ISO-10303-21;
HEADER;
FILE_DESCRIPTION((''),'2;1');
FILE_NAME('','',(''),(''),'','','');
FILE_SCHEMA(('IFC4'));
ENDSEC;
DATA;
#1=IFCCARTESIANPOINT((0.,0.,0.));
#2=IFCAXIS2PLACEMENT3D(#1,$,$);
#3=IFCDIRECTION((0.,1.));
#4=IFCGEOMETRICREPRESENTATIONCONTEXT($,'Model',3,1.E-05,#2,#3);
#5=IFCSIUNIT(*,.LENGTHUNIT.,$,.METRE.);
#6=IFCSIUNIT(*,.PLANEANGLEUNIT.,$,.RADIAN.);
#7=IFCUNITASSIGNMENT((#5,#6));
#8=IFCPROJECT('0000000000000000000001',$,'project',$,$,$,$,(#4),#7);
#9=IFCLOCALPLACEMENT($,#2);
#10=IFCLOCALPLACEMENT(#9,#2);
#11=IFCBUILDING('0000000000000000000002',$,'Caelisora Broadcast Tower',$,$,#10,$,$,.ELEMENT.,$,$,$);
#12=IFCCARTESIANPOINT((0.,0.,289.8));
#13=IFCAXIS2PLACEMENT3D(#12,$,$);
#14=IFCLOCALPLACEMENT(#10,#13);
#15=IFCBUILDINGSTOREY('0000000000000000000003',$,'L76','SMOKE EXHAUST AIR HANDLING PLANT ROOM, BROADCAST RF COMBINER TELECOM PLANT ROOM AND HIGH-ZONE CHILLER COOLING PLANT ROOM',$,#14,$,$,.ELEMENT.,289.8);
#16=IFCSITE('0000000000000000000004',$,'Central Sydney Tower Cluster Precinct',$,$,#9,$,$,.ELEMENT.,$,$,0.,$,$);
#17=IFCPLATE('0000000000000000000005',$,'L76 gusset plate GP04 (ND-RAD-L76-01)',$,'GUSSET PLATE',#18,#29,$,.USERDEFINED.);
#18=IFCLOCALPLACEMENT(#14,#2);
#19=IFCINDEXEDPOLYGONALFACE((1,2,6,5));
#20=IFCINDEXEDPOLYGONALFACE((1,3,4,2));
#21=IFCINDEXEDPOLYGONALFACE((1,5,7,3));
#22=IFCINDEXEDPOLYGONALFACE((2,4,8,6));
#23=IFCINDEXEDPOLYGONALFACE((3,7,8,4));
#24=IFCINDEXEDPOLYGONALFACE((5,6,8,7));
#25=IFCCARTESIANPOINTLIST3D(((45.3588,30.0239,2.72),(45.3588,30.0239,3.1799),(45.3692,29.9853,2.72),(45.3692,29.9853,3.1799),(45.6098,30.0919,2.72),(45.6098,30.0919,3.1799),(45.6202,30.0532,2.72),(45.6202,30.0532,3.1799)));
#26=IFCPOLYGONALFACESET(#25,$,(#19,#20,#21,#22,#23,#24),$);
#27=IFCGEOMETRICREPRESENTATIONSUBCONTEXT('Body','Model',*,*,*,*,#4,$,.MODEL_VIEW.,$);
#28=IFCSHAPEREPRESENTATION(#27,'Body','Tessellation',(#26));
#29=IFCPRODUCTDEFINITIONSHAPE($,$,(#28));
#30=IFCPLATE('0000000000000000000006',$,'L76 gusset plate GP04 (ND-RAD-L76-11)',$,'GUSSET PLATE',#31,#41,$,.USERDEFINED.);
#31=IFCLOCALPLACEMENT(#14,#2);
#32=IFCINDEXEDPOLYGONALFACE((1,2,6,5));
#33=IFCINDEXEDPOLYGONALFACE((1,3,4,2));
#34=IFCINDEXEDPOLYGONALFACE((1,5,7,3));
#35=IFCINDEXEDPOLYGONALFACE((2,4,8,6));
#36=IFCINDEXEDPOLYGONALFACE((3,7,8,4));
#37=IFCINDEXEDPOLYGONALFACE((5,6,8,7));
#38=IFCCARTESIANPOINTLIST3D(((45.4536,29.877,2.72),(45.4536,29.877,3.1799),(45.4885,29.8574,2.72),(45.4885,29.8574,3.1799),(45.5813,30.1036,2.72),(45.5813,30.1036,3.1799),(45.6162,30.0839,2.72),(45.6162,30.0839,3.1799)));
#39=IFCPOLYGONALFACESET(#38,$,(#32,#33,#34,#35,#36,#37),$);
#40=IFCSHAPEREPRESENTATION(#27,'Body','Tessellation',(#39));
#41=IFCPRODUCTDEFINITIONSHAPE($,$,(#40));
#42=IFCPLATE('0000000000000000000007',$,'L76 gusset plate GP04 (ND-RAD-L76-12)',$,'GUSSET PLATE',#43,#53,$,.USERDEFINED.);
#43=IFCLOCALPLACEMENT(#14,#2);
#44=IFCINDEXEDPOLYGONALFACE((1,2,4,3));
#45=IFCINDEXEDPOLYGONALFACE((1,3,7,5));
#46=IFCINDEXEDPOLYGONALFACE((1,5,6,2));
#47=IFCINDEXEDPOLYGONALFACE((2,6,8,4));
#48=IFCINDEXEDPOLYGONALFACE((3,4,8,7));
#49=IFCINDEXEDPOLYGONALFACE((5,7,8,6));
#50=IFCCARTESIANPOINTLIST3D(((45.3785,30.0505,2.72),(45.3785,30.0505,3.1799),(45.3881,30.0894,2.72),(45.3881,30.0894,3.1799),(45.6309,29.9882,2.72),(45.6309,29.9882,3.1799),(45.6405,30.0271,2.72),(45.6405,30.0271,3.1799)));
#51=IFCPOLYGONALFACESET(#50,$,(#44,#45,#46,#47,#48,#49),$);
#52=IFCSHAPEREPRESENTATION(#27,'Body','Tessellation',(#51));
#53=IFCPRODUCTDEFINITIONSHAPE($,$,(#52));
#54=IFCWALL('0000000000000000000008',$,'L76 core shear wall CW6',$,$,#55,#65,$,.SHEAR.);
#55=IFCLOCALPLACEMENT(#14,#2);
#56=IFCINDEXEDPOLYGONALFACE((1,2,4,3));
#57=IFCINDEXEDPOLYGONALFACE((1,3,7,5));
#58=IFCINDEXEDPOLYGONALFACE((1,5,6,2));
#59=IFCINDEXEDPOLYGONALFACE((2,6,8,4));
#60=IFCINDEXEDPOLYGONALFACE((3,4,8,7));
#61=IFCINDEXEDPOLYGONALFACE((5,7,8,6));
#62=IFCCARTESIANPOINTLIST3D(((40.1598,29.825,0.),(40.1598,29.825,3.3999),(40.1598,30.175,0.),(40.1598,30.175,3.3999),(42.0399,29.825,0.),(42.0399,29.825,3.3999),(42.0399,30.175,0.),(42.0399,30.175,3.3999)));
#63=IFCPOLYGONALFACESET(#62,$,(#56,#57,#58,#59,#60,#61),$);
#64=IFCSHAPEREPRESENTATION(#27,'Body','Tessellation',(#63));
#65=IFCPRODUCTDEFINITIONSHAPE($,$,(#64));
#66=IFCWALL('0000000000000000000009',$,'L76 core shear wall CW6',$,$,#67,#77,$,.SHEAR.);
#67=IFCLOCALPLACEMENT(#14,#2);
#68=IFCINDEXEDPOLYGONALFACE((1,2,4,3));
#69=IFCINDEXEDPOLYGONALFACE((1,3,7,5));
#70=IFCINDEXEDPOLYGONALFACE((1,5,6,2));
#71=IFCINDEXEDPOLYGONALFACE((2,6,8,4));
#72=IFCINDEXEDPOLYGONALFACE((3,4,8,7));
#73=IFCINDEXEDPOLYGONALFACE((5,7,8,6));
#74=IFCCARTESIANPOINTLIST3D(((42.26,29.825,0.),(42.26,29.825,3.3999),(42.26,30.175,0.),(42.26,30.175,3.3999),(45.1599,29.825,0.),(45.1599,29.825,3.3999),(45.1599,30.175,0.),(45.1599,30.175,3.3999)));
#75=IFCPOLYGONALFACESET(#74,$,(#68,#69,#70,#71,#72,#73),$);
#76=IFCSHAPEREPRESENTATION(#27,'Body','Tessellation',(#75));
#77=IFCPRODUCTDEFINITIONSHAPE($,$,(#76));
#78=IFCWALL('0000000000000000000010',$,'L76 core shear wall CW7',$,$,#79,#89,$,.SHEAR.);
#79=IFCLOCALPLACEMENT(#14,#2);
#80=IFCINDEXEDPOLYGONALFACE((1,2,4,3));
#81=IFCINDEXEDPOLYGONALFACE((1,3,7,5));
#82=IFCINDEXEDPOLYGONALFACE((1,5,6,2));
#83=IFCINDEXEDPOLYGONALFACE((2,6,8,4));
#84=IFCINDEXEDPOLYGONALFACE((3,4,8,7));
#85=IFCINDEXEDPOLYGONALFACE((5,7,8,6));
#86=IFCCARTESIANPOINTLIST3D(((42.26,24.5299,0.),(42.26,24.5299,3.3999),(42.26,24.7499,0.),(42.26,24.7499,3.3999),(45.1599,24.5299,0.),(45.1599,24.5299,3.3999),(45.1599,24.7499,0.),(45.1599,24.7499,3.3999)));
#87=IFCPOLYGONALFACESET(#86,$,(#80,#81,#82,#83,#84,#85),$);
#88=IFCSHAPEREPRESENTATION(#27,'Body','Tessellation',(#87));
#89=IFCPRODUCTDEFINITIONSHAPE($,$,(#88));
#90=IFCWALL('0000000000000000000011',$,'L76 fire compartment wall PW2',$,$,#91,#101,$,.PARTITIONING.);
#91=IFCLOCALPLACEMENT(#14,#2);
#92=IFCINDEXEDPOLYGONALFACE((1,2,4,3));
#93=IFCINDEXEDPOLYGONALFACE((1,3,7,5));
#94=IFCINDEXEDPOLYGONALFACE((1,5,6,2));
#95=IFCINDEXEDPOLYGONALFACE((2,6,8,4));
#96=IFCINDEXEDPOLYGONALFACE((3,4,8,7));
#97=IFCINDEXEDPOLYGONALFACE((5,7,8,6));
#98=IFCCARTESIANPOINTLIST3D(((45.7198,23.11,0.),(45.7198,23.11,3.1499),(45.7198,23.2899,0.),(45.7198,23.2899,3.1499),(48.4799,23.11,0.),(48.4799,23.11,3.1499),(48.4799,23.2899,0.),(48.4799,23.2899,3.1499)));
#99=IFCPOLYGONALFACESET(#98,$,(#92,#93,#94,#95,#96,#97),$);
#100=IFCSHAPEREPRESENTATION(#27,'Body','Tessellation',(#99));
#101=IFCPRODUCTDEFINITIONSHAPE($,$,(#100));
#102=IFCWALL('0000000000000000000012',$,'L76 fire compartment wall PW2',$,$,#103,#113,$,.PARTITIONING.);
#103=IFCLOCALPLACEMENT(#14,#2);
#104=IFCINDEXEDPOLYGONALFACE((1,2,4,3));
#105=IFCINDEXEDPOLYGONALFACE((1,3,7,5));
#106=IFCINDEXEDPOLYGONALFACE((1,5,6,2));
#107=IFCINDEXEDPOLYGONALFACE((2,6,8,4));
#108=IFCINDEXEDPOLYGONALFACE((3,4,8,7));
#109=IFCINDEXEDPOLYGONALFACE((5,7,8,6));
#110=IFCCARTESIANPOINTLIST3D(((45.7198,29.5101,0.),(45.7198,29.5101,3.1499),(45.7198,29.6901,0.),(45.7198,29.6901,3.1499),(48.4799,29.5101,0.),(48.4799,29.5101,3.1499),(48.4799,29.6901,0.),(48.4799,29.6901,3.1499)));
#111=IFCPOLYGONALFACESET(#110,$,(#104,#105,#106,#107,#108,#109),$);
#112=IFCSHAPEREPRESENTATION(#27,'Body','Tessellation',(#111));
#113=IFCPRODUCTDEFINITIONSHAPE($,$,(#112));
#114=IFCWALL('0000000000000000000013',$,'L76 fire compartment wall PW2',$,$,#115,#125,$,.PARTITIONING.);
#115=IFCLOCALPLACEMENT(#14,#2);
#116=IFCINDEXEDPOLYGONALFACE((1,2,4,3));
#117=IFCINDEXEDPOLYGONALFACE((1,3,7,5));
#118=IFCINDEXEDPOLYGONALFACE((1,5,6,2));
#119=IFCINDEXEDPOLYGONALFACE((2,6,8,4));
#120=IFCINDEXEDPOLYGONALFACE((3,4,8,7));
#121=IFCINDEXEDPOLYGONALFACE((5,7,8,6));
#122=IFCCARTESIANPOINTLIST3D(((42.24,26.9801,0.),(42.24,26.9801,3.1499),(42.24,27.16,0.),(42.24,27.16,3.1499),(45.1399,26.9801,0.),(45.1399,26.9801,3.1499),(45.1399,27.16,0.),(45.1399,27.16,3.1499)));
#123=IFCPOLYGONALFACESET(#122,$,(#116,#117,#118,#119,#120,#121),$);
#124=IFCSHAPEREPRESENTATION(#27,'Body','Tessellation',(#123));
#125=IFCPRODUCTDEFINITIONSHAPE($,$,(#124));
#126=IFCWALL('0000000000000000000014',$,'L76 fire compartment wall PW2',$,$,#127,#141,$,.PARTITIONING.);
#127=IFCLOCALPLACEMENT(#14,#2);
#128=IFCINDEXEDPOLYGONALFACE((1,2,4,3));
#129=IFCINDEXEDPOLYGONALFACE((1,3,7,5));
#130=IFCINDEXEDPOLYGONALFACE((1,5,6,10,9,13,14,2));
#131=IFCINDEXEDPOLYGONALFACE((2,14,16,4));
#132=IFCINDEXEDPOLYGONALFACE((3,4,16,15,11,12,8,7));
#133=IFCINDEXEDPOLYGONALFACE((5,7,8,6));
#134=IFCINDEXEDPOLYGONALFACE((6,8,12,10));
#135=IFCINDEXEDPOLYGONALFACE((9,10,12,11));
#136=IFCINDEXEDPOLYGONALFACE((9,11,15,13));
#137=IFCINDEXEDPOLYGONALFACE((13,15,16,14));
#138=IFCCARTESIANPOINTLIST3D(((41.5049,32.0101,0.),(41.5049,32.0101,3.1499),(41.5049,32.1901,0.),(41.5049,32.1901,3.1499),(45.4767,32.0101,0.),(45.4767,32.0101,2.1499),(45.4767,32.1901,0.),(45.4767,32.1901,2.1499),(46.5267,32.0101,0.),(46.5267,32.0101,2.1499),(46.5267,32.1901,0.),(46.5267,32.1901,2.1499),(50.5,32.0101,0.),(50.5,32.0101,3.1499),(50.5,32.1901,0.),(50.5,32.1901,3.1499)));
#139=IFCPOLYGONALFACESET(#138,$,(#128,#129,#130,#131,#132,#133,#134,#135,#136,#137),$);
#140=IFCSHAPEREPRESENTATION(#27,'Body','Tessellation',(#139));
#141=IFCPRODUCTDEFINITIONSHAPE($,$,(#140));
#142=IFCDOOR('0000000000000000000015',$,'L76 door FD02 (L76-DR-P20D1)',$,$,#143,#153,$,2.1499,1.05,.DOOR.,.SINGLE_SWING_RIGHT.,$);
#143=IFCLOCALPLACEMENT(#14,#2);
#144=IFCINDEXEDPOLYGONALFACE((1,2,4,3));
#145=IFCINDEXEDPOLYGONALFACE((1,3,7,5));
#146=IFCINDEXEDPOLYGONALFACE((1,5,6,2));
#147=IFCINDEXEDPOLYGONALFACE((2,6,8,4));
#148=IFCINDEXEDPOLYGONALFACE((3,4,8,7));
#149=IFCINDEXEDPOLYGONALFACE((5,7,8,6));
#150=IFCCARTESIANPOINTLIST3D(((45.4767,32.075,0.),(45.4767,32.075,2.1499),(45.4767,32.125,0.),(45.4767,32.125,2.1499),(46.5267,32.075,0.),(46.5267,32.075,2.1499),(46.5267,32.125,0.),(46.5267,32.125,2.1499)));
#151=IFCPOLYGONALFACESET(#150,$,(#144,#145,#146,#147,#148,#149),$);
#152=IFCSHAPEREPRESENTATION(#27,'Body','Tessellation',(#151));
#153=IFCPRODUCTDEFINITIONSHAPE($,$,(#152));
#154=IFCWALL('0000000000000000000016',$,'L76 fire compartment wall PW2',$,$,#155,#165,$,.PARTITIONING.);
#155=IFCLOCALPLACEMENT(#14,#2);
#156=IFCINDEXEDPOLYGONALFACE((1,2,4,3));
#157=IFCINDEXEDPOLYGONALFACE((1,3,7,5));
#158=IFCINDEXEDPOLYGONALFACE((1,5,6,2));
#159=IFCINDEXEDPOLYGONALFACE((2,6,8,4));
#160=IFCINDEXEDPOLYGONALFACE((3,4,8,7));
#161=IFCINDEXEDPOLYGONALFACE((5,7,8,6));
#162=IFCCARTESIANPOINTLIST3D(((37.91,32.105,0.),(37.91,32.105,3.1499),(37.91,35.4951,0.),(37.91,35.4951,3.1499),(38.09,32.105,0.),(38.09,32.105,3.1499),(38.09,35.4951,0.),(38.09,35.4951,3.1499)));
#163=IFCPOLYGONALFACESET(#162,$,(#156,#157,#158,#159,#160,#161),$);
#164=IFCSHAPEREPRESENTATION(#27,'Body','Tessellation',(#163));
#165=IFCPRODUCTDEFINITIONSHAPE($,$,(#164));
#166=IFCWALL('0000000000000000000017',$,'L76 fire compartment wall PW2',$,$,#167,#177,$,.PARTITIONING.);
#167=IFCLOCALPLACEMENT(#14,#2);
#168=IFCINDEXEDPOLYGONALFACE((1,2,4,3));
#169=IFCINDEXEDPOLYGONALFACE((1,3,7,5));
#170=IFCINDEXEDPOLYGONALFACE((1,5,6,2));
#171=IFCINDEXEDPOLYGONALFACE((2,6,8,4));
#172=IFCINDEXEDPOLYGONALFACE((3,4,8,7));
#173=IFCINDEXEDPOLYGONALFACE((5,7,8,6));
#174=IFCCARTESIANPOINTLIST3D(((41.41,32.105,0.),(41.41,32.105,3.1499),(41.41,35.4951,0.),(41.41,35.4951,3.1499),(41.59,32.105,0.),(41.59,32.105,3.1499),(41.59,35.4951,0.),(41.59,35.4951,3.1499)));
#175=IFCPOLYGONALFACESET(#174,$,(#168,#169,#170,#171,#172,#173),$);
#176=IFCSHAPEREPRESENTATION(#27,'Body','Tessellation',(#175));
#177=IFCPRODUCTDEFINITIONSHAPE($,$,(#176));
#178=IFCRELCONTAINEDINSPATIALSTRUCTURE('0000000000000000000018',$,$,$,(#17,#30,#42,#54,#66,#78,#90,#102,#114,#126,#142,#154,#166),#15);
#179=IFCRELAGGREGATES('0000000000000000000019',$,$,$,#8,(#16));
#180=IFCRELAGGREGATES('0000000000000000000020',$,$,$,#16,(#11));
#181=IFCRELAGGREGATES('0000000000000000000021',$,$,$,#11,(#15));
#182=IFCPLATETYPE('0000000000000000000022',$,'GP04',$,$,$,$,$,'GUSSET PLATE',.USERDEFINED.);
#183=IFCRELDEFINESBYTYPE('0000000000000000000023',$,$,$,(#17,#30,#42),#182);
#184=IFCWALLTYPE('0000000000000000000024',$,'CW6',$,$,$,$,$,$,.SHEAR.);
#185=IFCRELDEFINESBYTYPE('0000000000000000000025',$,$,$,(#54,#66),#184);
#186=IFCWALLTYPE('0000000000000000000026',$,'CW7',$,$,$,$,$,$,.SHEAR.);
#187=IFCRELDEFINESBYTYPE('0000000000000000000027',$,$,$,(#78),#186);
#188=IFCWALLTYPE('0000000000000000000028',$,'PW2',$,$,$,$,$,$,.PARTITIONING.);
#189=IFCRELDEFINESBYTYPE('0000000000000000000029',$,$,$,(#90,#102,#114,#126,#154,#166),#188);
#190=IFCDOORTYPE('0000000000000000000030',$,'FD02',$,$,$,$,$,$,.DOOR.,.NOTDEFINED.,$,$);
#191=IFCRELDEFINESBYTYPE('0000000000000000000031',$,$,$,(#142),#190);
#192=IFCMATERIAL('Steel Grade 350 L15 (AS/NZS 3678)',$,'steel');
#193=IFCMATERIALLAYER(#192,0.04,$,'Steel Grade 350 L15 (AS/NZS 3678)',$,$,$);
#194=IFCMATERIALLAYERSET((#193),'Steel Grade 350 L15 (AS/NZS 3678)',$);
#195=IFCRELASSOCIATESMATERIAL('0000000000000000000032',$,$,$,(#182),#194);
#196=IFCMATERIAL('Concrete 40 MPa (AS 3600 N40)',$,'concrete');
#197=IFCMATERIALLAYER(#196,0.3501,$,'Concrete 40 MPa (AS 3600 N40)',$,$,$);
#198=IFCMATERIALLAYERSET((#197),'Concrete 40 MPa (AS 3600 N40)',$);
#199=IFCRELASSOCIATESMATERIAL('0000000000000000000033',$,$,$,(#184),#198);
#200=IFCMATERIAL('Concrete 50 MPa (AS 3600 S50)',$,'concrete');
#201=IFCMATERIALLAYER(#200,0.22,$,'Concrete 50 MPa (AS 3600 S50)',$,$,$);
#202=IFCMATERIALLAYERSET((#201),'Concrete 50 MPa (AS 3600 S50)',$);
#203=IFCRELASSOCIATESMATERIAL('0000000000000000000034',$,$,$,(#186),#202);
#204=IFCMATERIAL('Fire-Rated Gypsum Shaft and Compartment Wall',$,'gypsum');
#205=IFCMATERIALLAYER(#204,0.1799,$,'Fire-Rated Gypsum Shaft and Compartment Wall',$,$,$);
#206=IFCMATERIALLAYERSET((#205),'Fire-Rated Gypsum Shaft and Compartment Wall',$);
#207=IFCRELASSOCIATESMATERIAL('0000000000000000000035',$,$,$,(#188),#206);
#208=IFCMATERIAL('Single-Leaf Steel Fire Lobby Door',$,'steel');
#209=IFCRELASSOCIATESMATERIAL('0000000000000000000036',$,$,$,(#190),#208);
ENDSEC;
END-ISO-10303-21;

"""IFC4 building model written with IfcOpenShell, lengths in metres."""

from ifc_helpers import new_model, si_unit, direction, frame, frame_2d, origin, origin_2d, place, context, subcontext, project, spatial, rectangle, extrude, source, transform, mapped, material, layer, layer_set, type_object, type_shapes, element, fill, save


model = new_model("IFC4")

# Units and contexts
model_context = context("Model", 3, precision=1e-05, world=origin(), true_north=direction((0.0, 1.0)))
body_context = subcontext(model_context, "Body", "Model", "MODEL_VIEW")
ifc_project = project(units=[si_unit("LENGTHUNIT", "METRE"), si_unit("PLANEANGLEUNIT", "RADIAN")], contexts=[model_context])

# Site, building, storey
site_placement = place(None, origin())
site = spatial("IfcSite", under=ifc_project, at=site_placement, Name="Central Sydney Tower Cluster Precinct", CompositionType="ELEMENT", RefElevation=0.0)
building_placement = place(site_placement, origin())
building = spatial("IfcBuilding", under=site, at=building_placement, Name="Caelisora Broadcast Tower", CompositionType="ELEMENT")
storey_placement = place(building_placement, frame((0.0, 0.0, 289.8)))
storey = spatial("IfcBuildingStorey", under=building, at=storey_placement, Name="L76", Description="SMOKE EXHAUST AIR HANDLING PLANT ROOM, BROADCAST RF COMBINER TELECOM PLANT ROOM AND HIGH-ZONE CHILLER COOLING PLANT ROOM", CompositionType="ELEMENT", Elevation=289.8)

# Shared definitions
ifc_material_1 = material(Name="Concrete 50 MPa (AS 3600 S50)", Category="concrete")

# Plates
ifc_material_2 = material(Name="Steel Grade 350 L15 (AS/NZS 3678)", Category="steel")
ifc_layer_1 = layer(ifc_material_2, 0.04, Name="Steel Grade 350 L15 (AS/NZS 3678)")
ifc_layer_set_1 = layer_set([ifc_layer_1], Name="Steel Grade 350 L15 (AS/NZS 3678)")
plate_type = type_object("IfcPlateType", Name="GP04", ElementType="GUSSET PLATE", PredefinedType="USERDEFINED", material=ifc_layer_set_1)
shared_shape_1 = source(origin(), body_context, "Body", "SweptSolid", [
    extrude(rectangle(XDim=0.26, YDim=0.04, at=origin_2d()), origin(), (0.0, 0.0, 1.0), 0.46),
])
type_shapes(plate_type, [shared_shape_1])
for number, where, z_axis, x_axis, name in (
    (1, (45.4895, 30.0386, 2.72), (0.0, 0.0, 1.0), (-0.965245, -0.261347, 0.0), "L76 gusset plate GP04 (ND-RAD-L76-01)"),
    (2, (45.5349, 29.9805, 2.72), (0.0, 0.0, 1.0), (0.491056, 0.871128, 0.0), "L76 gusset plate GP04 (ND-RAD-L76-11)"),
    (3, (45.5095, 30.0388, 2.72), (0.0, 0.0, 1.0), (-0.970842, 0.23972, 0.0), "L76 gusset plate GP04 (ND-RAD-L76-12)"),
):
    element("IfcPlate", number, at=place(storey_placement, frame(where, z_axis=z_axis, x_axis=x_axis)), inside=storey, type_object=plate_type, Name=name, ObjectType="GUSSET PLATE", PredefinedType="USERDEFINED", context=body_context, shape_type="MappedRepresentation", body=[
        mapped(shared_shape_1, transform((0.0, 0.0, 0.0), scale=1.0)),
    ])

# Walls
ifc_material_3 = material(Name="Concrete 40 MPa (AS 3600 N40)", Category="concrete")
ifc_layer_2 = layer(ifc_material_3, 0.3501, Name="Concrete 40 MPa (AS 3600 N40)")
ifc_layer_set_2 = layer_set([ifc_layer_2], Name="Concrete 40 MPa (AS 3600 N40)")
wall_type_1 = type_object("IfcWallType", Name="CW6", PredefinedType="SHEAR", material=ifc_layer_set_2)
wall_1_placement = place(storey_placement, frame((40.1599, 30.0, 0.0), z_axis=(0.0, 0.0, 1.0), x_axis=(1.0, 0.0, 0.0)))
element("IfcWall", 4, at=wall_1_placement, inside=storey, type_object=wall_type_1, Name="L76 core shear wall CW6", PredefinedType="SHEAR", context=body_context, shape_type="SweptSolid", body=[
    extrude(rectangle(XDim=1.8801, YDim=0.3501, at=frame_2d((0.9399, 0.0))), origin(), (0.0, 0.0, 1.0), 3.3999),
])
wall_2_placement = place(storey_placement, frame((42.26, 30.0, 0.0), z_axis=(0.0, 0.0, 1.0), x_axis=(1.0, 0.0, 0.0)))
element("IfcWall", 5, at=wall_2_placement, inside=storey, type_object=wall_type_1, Name="L76 core shear wall CW6", PredefinedType="SHEAR", context=body_context, shape_type="SweptSolid", body=[
    extrude(rectangle(XDim=2.8999, YDim=0.3501, at=frame_2d((1.45, 0.0))), origin(), (0.0, 0.0, 1.0), 3.3999),
])
ifc_layer_3 = layer(ifc_material_1, 0.22, Name="Concrete 50 MPa (AS 3600 S50)")
ifc_layer_set_3 = layer_set([ifc_layer_3], Name="Concrete 50 MPa (AS 3600 S50)")
wall_type_2 = type_object("IfcWallType", Name="CW7", PredefinedType="SHEAR", material=ifc_layer_set_3)
wall_3_placement = place(storey_placement, frame((42.26, 24.6399, 0.0), z_axis=(0.0, 0.0, 1.0), x_axis=(1.0, 0.0, 0.0)))
element("IfcWall", 6, at=wall_3_placement, inside=storey, type_object=wall_type_2, Name="L76 core shear wall CW7", PredefinedType="SHEAR", context=body_context, shape_type="SweptSolid", body=[
    extrude(rectangle(XDim=2.8999, YDim=0.22, at=frame_2d((1.45, 0.0))), origin(), (0.0, 0.0, 1.0), 3.3999),
])

# Shared definitions
ifc_material_4 = material(Name="Fire-Rated Gypsum Shaft and Compartment Wall", Category="gypsum")
ifc_layer_4 = layer(ifc_material_4, 0.1799, Name="Fire-Rated Gypsum Shaft and Compartment Wall")
ifc_layer_set_4 = layer_set([ifc_layer_4], Name="Fire-Rated Gypsum Shaft and Compartment Wall")
wall_type_3 = type_object("IfcWallType", Name="PW2", PredefinedType="PARTITIONING", material=ifc_layer_set_4)
ifc_material_5 = material(Name="Single-Leaf Steel Fire Lobby Door", Category="steel")
door_type = type_object("IfcDoorType", Name="FD02", OperationType="NOTDEFINED", PredefinedType="DOOR", material=ifc_material_5)

# Walls
for number, where, z_axis, x_axis, name in (
    (7, (45.72, 23.2, 0.0), (0.0, 0.0, 1.0), (1.0, 0.0, 0.0), "L76 fire compartment wall PW2"),
    (8, (45.72, 29.6001, 0.0), (0.0, 0.0, 1.0), (1.0, 0.0, 0.0), "L76 fire compartment wall PW2"),
):
    element("IfcWall", number, at=place(storey_placement, frame(where, z_axis=z_axis, x_axis=x_axis)), inside=storey, type_object=wall_type_3, Name=name, PredefinedType="PARTITIONING", context=body_context, shape_type="SweptSolid", body=[
        extrude(rectangle(XDim=2.76, YDim=0.1799, at=frame_2d((1.3799, 0.0))), origin(), (0.0, 0.0, 1.0), 3.1499),
    ])
wall_4_placement = place(storey_placement, frame((42.24, 27.0701, 0.0), z_axis=(0.0, 0.0, 1.0), x_axis=(1.0, 0.0, 0.0)))
element("IfcWall", 9, at=wall_4_placement, inside=storey, type_object=wall_type_3, Name="L76 fire compartment wall PW2", PredefinedType="PARTITIONING", context=body_context, shape_type="SweptSolid", body=[
    extrude(rectangle(XDim=2.8999, YDim=0.1799, at=frame_2d((1.45, 0.0))), origin(), (0.0, 0.0, 1.0), 3.1499),
])

# Wall, opening, door
wall_5_placement = place(storey_placement, frame((41.5049, 32.1001, 0.0), z_axis=(0.0, 0.0, 1.0), x_axis=(1.0, 0.0, 0.0)))
wall_5 = element("IfcWall", 10, at=wall_5_placement, inside=storey, type_object=wall_type_3, Name="L76 fire compartment wall PW2", PredefinedType="PARTITIONING", context=body_context, shape_type="SweptSolid", body=[
    extrude(rectangle(XDim=8.9951, YDim=0.1799, at=frame_2d((4.4976, 0.0))), origin(), (0.0, 0.0, 1.0), 3.1499),
])
opening_1_placement = place(wall_5_placement, frame((3.9719, 0.0, 0.0)))
opening_1 = element("IfcOpeningElement", 11, at=opening_1_placement, cuts=wall_5, PredefinedType="OPENING", context=body_context, shape_type="SweptSolid", body=[
    extrude(rectangle(XDim=1.05, YDim=2.1499, at=frame_2d((0.5249, 1.075))), frame((0.0, 0.1021, 0.0), z_axis=(0.0, -1.0, 0.0), x_axis=(1.0, 0.0, 0.0)), (0.0, 0.0, 1.0), 0.2039),
])
door_1_placement = place(opening_1_placement, origin())
door_1 = element("IfcDoor", 12, at=door_1_placement, inside=storey, type_object=door_type, Name="L76 door FD02 (L76-DR-P20D1)", OperationType="SINGLE_SWING_RIGHT", OverallHeight=2.1499, OverallWidth=1.05, PredefinedType="DOOR", context=body_context, shape_type="SweptSolid", body=[
    extrude(rectangle(XDim=1.05, YDim=2.1499, at=frame_2d((0.5249, 1.075))), frame((0.0, 0.0249, 0.0), z_axis=(0.0, -1.0, 0.0), x_axis=(1.0, 0.0, 0.0)), (0.0, 0.0, 1.0), 0.05),
])
fill(opening_1, door_1)

# Walls
for number, where, z_axis, x_axis, name in (
    (13, (38.0, 32.105, 0.0), (0.0, 0.0, 1.0), (0.0, 1.0, 0.0), "L76 fire compartment wall PW2"),
    (14, (41.5, 32.105, 0.0), (0.0, 0.0, 1.0), (0.0, 1.0, 0.0), "L76 fire compartment wall PW2"),
):
    element("IfcWall", number, at=place(storey_placement, frame(where, z_axis=z_axis, x_axis=x_axis)), inside=storey, type_object=wall_type_3, Name=name, PredefinedType="PARTITIONING", context=body_context, shape_type="SweptSolid", body=[
        extrude(rectangle(XDim=3.3901, YDim=0.1799, at=frame_2d((1.6951, 0.0))), origin(), (0.0, 0.0, 1.0), 3.1499),
    ])

save(model, "model.ifc")
